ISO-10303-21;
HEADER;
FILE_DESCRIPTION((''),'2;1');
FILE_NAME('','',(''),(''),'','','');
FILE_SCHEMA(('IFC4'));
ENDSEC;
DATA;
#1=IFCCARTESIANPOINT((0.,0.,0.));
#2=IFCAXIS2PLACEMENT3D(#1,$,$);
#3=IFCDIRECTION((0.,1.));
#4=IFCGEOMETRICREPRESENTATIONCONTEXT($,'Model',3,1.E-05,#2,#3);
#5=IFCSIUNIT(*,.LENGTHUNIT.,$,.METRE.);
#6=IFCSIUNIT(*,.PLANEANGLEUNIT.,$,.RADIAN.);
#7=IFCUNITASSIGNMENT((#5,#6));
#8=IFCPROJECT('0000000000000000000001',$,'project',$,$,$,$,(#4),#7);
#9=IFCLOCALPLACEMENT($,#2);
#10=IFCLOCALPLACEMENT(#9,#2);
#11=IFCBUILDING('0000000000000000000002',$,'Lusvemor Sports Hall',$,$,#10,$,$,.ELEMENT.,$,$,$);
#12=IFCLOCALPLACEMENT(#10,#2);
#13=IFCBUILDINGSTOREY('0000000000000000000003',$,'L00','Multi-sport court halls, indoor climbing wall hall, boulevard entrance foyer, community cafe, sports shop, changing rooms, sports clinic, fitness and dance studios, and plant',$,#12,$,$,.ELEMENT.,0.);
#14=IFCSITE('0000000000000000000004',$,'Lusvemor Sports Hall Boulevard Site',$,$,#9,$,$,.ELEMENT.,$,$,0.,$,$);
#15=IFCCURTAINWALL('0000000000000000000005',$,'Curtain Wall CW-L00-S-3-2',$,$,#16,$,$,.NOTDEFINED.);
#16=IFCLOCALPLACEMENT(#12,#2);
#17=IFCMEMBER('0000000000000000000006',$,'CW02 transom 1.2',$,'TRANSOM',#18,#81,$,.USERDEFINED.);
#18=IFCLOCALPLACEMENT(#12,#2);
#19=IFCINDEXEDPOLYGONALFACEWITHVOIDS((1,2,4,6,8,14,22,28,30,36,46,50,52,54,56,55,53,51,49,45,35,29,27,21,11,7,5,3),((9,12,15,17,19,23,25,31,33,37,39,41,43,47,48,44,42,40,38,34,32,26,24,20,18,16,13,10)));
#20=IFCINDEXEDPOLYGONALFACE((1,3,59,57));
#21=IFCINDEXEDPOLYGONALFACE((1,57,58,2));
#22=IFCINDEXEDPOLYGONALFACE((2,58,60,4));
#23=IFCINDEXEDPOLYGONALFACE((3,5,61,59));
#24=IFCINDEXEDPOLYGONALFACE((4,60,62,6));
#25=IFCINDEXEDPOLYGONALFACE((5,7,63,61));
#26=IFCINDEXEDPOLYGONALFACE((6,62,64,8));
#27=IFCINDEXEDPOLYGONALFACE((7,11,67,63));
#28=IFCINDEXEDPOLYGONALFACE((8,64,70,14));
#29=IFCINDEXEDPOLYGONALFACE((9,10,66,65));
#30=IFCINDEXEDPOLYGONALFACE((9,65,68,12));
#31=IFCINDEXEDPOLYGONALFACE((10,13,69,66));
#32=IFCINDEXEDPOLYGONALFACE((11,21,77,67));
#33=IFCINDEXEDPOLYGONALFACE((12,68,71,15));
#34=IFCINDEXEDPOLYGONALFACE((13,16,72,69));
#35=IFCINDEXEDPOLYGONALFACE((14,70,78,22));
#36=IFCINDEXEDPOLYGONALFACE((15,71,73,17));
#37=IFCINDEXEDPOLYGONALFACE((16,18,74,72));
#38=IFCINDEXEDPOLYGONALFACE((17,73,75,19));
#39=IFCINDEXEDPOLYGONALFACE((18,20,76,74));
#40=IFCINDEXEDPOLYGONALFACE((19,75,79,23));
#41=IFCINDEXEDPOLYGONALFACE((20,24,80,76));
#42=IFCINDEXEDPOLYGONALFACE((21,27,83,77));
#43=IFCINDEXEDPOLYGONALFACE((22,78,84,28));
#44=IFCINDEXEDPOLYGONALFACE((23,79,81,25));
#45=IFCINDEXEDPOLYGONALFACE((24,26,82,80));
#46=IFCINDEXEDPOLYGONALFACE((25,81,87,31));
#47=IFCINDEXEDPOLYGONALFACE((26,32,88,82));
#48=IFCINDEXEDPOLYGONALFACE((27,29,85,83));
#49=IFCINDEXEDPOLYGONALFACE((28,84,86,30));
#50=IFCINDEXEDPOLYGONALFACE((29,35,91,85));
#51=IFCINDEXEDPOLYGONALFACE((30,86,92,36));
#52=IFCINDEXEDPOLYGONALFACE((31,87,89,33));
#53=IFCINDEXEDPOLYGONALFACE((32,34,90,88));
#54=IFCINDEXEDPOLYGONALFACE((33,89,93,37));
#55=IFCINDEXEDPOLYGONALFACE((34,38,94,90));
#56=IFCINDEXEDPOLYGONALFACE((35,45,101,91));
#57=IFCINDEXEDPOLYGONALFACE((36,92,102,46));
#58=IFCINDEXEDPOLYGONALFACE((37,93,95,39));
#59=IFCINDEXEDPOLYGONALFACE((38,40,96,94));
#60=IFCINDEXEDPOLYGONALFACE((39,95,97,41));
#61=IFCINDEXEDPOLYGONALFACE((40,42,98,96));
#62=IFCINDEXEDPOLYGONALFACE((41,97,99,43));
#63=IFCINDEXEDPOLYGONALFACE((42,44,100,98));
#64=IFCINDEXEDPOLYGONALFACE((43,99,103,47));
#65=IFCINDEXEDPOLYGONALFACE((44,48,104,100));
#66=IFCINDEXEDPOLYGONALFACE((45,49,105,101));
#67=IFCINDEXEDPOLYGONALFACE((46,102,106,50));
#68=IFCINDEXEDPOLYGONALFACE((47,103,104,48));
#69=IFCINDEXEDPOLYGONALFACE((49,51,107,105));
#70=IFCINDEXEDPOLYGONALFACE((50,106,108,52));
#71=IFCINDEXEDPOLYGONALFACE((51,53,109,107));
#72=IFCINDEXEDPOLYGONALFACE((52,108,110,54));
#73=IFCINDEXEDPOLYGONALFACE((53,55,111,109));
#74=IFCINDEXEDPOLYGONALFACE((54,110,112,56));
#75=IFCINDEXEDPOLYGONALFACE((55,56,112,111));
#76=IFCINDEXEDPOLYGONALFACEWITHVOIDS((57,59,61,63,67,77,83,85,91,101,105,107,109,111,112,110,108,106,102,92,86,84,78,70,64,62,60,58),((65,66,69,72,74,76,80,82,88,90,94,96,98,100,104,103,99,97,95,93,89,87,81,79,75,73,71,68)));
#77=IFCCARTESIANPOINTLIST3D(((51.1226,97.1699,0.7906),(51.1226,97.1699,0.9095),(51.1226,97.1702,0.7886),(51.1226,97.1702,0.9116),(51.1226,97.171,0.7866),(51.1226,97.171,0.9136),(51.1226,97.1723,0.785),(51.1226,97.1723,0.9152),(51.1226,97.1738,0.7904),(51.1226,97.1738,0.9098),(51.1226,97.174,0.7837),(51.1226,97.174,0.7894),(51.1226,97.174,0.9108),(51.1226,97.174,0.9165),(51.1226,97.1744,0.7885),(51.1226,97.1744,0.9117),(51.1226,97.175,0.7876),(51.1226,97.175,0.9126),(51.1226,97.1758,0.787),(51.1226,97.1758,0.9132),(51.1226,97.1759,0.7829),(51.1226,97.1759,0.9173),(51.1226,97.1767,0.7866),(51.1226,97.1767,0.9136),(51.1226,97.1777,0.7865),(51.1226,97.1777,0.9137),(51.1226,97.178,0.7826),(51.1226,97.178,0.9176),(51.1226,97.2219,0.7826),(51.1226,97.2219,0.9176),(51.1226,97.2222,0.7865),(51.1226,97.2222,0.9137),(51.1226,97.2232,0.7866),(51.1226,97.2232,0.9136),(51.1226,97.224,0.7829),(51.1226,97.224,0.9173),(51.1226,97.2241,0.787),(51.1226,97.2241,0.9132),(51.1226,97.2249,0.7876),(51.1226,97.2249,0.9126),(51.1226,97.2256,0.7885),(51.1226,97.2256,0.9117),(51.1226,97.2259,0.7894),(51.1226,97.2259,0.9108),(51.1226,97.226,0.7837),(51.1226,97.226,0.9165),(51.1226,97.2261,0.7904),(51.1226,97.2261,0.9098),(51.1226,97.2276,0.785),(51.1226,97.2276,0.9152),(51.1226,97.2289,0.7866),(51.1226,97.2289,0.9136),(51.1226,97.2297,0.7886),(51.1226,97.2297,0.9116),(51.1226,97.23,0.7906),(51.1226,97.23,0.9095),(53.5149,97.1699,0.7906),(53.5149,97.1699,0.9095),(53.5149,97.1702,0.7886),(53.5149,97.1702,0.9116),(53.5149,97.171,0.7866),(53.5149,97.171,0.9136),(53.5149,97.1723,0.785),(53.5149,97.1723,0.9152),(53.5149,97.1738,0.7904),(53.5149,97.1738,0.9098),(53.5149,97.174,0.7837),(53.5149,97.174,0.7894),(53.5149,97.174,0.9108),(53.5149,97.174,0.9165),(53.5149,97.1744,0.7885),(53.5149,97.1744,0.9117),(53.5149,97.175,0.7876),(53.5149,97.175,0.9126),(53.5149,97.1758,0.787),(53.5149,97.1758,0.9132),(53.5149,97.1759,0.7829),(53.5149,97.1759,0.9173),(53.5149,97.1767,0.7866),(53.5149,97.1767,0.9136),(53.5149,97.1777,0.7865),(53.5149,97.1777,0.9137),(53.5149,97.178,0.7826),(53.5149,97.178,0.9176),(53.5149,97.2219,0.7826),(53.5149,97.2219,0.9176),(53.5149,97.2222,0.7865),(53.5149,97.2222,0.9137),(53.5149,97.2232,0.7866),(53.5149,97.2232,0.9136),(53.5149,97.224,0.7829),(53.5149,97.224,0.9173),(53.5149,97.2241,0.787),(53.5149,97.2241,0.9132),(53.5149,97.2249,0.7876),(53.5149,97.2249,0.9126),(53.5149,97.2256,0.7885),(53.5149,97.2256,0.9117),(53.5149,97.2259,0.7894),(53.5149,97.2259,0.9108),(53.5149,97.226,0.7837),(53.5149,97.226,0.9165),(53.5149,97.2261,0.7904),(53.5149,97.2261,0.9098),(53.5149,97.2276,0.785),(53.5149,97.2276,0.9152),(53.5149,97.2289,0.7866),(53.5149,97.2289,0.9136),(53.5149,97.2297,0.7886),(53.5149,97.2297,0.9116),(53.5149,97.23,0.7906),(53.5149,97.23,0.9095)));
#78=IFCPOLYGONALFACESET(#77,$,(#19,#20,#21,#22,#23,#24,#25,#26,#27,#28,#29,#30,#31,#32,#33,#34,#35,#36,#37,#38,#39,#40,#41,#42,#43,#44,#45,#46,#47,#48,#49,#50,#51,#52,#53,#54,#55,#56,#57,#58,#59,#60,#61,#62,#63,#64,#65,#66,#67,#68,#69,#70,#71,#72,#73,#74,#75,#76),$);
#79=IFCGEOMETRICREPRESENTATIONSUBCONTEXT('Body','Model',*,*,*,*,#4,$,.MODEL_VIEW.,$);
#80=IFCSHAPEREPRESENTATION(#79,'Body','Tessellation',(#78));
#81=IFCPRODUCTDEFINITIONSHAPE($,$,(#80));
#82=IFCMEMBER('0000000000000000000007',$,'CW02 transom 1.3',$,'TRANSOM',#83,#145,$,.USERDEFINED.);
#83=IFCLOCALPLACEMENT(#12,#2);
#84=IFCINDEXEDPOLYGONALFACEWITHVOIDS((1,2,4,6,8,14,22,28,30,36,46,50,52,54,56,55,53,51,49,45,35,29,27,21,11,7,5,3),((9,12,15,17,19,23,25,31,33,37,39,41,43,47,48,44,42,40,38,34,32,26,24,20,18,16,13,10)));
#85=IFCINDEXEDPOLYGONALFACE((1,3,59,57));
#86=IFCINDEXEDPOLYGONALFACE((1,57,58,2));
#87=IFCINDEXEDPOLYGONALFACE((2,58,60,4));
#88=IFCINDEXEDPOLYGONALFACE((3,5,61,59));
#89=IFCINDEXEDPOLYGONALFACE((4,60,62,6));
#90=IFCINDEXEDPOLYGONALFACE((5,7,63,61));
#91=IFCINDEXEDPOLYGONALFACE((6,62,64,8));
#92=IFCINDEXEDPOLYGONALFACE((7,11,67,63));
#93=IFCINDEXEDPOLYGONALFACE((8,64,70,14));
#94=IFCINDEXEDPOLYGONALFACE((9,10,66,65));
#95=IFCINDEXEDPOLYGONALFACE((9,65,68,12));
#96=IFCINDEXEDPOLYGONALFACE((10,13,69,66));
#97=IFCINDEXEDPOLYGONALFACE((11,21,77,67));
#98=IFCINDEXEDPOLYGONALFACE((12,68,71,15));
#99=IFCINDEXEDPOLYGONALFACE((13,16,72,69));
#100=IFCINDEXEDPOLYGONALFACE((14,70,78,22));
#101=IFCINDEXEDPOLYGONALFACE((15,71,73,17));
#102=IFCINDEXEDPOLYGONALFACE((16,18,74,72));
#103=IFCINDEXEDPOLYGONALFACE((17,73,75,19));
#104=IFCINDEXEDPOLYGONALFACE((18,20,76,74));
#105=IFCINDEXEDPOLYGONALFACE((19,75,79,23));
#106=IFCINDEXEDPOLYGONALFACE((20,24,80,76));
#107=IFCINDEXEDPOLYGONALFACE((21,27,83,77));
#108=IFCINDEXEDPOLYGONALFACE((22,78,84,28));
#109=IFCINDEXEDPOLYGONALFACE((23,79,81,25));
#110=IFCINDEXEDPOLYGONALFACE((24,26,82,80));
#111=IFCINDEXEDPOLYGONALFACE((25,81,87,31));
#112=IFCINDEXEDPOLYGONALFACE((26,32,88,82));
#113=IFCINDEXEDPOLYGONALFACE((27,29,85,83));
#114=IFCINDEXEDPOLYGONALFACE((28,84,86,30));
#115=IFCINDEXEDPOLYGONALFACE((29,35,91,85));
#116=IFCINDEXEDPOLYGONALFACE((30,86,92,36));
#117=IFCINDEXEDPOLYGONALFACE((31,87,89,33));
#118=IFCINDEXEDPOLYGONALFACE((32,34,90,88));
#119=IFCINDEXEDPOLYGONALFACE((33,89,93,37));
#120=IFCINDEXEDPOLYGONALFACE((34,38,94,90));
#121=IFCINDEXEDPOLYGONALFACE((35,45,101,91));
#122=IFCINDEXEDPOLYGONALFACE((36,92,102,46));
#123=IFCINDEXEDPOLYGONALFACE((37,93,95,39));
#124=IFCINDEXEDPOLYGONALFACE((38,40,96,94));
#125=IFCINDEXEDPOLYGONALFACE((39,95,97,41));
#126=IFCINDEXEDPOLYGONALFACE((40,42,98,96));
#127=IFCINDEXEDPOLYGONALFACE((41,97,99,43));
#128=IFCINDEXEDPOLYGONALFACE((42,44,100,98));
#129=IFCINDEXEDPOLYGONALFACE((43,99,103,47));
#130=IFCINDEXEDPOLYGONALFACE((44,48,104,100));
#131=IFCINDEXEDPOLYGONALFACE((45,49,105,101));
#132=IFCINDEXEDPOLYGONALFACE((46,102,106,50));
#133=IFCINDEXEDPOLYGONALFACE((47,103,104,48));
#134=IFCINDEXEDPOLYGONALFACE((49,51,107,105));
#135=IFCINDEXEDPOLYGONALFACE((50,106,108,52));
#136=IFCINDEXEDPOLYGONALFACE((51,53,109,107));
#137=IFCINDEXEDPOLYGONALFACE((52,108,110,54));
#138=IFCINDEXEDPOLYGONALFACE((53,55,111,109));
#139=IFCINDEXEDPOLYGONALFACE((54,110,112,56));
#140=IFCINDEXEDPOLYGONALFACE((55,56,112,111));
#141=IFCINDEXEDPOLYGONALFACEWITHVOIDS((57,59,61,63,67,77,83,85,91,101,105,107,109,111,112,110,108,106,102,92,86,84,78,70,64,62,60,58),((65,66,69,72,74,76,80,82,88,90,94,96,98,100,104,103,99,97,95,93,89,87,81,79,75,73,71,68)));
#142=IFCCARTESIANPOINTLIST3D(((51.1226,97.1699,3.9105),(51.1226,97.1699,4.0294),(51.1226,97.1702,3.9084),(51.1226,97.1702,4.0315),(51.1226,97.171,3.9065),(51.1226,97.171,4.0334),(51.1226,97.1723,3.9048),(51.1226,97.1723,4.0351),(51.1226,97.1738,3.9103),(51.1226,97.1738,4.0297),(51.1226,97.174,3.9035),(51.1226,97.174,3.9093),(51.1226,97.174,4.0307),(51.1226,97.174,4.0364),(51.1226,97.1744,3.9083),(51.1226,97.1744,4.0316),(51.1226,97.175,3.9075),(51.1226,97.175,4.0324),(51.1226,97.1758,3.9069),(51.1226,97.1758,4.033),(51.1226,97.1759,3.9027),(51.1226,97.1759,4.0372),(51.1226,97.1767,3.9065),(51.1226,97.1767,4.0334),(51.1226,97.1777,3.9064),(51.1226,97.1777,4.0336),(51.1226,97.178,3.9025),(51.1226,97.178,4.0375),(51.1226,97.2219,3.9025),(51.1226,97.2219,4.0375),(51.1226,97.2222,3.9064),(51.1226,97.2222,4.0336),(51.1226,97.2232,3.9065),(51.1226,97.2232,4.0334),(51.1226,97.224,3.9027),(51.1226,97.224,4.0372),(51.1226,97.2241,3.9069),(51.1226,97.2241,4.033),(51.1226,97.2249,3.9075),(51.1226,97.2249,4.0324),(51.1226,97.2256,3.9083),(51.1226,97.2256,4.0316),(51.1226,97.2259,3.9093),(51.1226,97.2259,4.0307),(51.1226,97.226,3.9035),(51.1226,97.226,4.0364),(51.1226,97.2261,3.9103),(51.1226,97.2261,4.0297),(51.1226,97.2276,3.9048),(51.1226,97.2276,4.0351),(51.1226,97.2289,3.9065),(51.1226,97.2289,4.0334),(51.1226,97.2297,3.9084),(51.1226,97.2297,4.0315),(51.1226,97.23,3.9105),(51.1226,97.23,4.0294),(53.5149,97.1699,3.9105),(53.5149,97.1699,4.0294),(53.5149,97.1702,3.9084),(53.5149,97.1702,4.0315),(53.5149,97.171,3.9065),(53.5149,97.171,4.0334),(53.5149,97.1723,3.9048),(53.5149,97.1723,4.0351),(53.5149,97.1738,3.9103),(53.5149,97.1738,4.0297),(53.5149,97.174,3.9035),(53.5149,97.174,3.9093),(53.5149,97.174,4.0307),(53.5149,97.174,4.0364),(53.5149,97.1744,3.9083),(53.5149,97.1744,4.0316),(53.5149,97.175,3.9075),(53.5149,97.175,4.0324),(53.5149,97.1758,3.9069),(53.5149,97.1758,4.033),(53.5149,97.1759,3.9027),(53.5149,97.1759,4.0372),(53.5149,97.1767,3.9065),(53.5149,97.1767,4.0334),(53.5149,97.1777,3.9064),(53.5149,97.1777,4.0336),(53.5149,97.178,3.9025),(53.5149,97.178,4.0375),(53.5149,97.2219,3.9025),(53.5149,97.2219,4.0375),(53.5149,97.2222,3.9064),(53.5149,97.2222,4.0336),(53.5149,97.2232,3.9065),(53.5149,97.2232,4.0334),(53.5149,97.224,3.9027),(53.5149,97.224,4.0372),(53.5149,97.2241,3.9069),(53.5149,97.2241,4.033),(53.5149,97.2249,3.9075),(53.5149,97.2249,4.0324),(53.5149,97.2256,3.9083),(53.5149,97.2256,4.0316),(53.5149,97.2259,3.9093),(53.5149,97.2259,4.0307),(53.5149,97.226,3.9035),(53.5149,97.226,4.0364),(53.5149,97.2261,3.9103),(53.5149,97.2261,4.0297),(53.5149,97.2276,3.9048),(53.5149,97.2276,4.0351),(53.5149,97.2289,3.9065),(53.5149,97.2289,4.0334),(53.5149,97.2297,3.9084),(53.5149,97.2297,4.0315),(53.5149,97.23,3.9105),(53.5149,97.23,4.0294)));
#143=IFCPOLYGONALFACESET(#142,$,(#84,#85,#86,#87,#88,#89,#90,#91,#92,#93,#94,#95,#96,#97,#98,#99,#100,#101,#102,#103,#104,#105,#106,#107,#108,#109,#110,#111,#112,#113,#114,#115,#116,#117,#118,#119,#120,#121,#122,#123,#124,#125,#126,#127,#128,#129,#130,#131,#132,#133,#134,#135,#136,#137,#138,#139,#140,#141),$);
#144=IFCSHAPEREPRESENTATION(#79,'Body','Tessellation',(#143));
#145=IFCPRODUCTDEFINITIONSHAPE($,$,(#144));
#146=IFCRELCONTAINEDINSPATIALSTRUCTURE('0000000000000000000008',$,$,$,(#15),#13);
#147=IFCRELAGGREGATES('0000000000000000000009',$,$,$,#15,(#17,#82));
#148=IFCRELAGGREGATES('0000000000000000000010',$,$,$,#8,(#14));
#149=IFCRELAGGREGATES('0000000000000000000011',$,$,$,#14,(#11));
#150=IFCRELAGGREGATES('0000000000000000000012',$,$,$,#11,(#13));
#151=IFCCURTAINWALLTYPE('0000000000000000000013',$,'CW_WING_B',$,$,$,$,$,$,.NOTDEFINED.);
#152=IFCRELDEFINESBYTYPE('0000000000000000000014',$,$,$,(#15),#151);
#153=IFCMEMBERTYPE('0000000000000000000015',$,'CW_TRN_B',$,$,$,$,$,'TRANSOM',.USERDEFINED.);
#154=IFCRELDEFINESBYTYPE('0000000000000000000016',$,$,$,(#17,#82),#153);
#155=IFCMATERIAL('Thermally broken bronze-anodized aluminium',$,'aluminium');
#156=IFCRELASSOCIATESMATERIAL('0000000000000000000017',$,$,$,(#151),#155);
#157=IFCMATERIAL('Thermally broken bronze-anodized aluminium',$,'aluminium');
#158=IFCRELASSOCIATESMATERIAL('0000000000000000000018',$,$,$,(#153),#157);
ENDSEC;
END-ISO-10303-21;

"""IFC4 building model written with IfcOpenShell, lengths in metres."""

from ifc_helpers import new_model, si_unit, direction, frame, origin, origin_2d, place, context, subcontext, project, spatial, hollow_rectangle, extrude, material, material_profile, profile_set, type_object, element, aggregate, save


model = new_model("IFC4")

# Units and contexts
model_context = context("Model", 3, precision=1e-05, world=origin(), true_north=direction((0.0, 1.0)))
body_context = subcontext(model_context, "Body", "Model", "MODEL_VIEW")
ifc_project = project(units=[si_unit("LENGTHUNIT", "METRE"), si_unit("PLANEANGLEUNIT", "RADIAN")], contexts=[model_context])

# Site, building, storey
site_placement = place(None, origin())
site = spatial("IfcSite", under=ifc_project, at=site_placement, Name="Lusvemor Sports Hall Boulevard Site", CompositionType="ELEMENT", RefElevation=0.0)
building_placement = place(site_placement, origin())
building = spatial("IfcBuilding", under=site, at=building_placement, Name="Lusvemor Sports Hall", CompositionType="ELEMENT")
storey_placement = place(building_placement, origin())
storey = spatial("IfcBuildingStorey", under=building, at=storey_placement, Name="L00", Description="Multi-sport court halls, indoor climbing wall hall, boulevard entrance foyer, community cafe, sports shop, changing rooms, sports clinic, fitness and dance studios, and plant", CompositionType="ELEMENT", Elevation=0.0)

# Curtain wall
ifc_material_1 = material(Name="Thermally broken bronze-anodized aluminium", Category="aluminium")
curtain_wall_type = type_object("IfcCurtainWallType", Name="CW_WING_B", PredefinedType="NOTDEFINED", material=ifc_material_1)
curtain_wall_1_placement = place(storey_placement, origin())
curtain_wall_1 = element("IfcCurtainWall", 1, at=curtain_wall_1_placement, inside=storey, type_object=curtain_wall_type, Name="Curtain Wall CW-L00-S-3-2", PredefinedType="NOTDEFINED")

# Members
ifc_material_2 = material(Name="Thermally broken bronze-anodized aluminium", Category="aluminium")
ifc_material_profile_1 = material_profile(ifc_material_2, hollow_rectangle(XDim=0.0601, YDim=0.135, WallThickness=0.0039, InnerFilletRadius=0.0039, OuterFilletRadius=0.0081, at=origin_2d()), Name="CWTRN135x60x4")
ifc_profile_set_1 = profile_set([ifc_material_profile_1], Name="Thermally broken bronze-anodized aluminium")
member_type_1 = type_object("IfcMemberType", Name="CW_TRN_B", ElementType="TRANSOM", PredefinedType="USERDEFINED", material=ifc_profile_set_1)
member_1_placement = place(storey_placement, frame((53.5149, 97.2, 0.8501), z_axis=(-1.0, 0.0, 0.0), x_axis=(0.0, -1.0, 0.0)))
member_1 = element("IfcMember", 2, at=member_1_placement, type_object=member_type_1, Name="CW02 transom 1.2", ObjectType="TRANSOM", PredefinedType="USERDEFINED", context=body_context, shape_type="SweptSolid", body=[
    extrude(hollow_rectangle(XDim=0.0601, YDim=0.135, WallThickness=0.0039, InnerFilletRadius=0.0039, OuterFilletRadius=0.0081, at=origin_2d()), origin(), (0.0, 0.0, 1.0), 2.3923),
])
member_2_placement = place(storey_placement, frame((53.5149, 97.2, 3.97), z_axis=(-1.0, 0.0, 0.0), x_axis=(0.0, -1.0, 0.0)))
member_2 = element("IfcMember", 3, at=member_2_placement, type_object=member_type_1, Name="CW02 transom 1.3", ObjectType="TRANSOM", PredefinedType="USERDEFINED", context=body_context, shape_type="SweptSolid", body=[
    extrude(hollow_rectangle(XDim=0.0601, YDim=0.135, WallThickness=0.0039, InnerFilletRadius=0.0039, OuterFilletRadius=0.0081, at=origin_2d()), origin(), (0.0, 0.0, 1.0), 2.3923),
])

aggregate(curtain_wall_1, [member_1, member_2])

save(model, "model.ifc")
